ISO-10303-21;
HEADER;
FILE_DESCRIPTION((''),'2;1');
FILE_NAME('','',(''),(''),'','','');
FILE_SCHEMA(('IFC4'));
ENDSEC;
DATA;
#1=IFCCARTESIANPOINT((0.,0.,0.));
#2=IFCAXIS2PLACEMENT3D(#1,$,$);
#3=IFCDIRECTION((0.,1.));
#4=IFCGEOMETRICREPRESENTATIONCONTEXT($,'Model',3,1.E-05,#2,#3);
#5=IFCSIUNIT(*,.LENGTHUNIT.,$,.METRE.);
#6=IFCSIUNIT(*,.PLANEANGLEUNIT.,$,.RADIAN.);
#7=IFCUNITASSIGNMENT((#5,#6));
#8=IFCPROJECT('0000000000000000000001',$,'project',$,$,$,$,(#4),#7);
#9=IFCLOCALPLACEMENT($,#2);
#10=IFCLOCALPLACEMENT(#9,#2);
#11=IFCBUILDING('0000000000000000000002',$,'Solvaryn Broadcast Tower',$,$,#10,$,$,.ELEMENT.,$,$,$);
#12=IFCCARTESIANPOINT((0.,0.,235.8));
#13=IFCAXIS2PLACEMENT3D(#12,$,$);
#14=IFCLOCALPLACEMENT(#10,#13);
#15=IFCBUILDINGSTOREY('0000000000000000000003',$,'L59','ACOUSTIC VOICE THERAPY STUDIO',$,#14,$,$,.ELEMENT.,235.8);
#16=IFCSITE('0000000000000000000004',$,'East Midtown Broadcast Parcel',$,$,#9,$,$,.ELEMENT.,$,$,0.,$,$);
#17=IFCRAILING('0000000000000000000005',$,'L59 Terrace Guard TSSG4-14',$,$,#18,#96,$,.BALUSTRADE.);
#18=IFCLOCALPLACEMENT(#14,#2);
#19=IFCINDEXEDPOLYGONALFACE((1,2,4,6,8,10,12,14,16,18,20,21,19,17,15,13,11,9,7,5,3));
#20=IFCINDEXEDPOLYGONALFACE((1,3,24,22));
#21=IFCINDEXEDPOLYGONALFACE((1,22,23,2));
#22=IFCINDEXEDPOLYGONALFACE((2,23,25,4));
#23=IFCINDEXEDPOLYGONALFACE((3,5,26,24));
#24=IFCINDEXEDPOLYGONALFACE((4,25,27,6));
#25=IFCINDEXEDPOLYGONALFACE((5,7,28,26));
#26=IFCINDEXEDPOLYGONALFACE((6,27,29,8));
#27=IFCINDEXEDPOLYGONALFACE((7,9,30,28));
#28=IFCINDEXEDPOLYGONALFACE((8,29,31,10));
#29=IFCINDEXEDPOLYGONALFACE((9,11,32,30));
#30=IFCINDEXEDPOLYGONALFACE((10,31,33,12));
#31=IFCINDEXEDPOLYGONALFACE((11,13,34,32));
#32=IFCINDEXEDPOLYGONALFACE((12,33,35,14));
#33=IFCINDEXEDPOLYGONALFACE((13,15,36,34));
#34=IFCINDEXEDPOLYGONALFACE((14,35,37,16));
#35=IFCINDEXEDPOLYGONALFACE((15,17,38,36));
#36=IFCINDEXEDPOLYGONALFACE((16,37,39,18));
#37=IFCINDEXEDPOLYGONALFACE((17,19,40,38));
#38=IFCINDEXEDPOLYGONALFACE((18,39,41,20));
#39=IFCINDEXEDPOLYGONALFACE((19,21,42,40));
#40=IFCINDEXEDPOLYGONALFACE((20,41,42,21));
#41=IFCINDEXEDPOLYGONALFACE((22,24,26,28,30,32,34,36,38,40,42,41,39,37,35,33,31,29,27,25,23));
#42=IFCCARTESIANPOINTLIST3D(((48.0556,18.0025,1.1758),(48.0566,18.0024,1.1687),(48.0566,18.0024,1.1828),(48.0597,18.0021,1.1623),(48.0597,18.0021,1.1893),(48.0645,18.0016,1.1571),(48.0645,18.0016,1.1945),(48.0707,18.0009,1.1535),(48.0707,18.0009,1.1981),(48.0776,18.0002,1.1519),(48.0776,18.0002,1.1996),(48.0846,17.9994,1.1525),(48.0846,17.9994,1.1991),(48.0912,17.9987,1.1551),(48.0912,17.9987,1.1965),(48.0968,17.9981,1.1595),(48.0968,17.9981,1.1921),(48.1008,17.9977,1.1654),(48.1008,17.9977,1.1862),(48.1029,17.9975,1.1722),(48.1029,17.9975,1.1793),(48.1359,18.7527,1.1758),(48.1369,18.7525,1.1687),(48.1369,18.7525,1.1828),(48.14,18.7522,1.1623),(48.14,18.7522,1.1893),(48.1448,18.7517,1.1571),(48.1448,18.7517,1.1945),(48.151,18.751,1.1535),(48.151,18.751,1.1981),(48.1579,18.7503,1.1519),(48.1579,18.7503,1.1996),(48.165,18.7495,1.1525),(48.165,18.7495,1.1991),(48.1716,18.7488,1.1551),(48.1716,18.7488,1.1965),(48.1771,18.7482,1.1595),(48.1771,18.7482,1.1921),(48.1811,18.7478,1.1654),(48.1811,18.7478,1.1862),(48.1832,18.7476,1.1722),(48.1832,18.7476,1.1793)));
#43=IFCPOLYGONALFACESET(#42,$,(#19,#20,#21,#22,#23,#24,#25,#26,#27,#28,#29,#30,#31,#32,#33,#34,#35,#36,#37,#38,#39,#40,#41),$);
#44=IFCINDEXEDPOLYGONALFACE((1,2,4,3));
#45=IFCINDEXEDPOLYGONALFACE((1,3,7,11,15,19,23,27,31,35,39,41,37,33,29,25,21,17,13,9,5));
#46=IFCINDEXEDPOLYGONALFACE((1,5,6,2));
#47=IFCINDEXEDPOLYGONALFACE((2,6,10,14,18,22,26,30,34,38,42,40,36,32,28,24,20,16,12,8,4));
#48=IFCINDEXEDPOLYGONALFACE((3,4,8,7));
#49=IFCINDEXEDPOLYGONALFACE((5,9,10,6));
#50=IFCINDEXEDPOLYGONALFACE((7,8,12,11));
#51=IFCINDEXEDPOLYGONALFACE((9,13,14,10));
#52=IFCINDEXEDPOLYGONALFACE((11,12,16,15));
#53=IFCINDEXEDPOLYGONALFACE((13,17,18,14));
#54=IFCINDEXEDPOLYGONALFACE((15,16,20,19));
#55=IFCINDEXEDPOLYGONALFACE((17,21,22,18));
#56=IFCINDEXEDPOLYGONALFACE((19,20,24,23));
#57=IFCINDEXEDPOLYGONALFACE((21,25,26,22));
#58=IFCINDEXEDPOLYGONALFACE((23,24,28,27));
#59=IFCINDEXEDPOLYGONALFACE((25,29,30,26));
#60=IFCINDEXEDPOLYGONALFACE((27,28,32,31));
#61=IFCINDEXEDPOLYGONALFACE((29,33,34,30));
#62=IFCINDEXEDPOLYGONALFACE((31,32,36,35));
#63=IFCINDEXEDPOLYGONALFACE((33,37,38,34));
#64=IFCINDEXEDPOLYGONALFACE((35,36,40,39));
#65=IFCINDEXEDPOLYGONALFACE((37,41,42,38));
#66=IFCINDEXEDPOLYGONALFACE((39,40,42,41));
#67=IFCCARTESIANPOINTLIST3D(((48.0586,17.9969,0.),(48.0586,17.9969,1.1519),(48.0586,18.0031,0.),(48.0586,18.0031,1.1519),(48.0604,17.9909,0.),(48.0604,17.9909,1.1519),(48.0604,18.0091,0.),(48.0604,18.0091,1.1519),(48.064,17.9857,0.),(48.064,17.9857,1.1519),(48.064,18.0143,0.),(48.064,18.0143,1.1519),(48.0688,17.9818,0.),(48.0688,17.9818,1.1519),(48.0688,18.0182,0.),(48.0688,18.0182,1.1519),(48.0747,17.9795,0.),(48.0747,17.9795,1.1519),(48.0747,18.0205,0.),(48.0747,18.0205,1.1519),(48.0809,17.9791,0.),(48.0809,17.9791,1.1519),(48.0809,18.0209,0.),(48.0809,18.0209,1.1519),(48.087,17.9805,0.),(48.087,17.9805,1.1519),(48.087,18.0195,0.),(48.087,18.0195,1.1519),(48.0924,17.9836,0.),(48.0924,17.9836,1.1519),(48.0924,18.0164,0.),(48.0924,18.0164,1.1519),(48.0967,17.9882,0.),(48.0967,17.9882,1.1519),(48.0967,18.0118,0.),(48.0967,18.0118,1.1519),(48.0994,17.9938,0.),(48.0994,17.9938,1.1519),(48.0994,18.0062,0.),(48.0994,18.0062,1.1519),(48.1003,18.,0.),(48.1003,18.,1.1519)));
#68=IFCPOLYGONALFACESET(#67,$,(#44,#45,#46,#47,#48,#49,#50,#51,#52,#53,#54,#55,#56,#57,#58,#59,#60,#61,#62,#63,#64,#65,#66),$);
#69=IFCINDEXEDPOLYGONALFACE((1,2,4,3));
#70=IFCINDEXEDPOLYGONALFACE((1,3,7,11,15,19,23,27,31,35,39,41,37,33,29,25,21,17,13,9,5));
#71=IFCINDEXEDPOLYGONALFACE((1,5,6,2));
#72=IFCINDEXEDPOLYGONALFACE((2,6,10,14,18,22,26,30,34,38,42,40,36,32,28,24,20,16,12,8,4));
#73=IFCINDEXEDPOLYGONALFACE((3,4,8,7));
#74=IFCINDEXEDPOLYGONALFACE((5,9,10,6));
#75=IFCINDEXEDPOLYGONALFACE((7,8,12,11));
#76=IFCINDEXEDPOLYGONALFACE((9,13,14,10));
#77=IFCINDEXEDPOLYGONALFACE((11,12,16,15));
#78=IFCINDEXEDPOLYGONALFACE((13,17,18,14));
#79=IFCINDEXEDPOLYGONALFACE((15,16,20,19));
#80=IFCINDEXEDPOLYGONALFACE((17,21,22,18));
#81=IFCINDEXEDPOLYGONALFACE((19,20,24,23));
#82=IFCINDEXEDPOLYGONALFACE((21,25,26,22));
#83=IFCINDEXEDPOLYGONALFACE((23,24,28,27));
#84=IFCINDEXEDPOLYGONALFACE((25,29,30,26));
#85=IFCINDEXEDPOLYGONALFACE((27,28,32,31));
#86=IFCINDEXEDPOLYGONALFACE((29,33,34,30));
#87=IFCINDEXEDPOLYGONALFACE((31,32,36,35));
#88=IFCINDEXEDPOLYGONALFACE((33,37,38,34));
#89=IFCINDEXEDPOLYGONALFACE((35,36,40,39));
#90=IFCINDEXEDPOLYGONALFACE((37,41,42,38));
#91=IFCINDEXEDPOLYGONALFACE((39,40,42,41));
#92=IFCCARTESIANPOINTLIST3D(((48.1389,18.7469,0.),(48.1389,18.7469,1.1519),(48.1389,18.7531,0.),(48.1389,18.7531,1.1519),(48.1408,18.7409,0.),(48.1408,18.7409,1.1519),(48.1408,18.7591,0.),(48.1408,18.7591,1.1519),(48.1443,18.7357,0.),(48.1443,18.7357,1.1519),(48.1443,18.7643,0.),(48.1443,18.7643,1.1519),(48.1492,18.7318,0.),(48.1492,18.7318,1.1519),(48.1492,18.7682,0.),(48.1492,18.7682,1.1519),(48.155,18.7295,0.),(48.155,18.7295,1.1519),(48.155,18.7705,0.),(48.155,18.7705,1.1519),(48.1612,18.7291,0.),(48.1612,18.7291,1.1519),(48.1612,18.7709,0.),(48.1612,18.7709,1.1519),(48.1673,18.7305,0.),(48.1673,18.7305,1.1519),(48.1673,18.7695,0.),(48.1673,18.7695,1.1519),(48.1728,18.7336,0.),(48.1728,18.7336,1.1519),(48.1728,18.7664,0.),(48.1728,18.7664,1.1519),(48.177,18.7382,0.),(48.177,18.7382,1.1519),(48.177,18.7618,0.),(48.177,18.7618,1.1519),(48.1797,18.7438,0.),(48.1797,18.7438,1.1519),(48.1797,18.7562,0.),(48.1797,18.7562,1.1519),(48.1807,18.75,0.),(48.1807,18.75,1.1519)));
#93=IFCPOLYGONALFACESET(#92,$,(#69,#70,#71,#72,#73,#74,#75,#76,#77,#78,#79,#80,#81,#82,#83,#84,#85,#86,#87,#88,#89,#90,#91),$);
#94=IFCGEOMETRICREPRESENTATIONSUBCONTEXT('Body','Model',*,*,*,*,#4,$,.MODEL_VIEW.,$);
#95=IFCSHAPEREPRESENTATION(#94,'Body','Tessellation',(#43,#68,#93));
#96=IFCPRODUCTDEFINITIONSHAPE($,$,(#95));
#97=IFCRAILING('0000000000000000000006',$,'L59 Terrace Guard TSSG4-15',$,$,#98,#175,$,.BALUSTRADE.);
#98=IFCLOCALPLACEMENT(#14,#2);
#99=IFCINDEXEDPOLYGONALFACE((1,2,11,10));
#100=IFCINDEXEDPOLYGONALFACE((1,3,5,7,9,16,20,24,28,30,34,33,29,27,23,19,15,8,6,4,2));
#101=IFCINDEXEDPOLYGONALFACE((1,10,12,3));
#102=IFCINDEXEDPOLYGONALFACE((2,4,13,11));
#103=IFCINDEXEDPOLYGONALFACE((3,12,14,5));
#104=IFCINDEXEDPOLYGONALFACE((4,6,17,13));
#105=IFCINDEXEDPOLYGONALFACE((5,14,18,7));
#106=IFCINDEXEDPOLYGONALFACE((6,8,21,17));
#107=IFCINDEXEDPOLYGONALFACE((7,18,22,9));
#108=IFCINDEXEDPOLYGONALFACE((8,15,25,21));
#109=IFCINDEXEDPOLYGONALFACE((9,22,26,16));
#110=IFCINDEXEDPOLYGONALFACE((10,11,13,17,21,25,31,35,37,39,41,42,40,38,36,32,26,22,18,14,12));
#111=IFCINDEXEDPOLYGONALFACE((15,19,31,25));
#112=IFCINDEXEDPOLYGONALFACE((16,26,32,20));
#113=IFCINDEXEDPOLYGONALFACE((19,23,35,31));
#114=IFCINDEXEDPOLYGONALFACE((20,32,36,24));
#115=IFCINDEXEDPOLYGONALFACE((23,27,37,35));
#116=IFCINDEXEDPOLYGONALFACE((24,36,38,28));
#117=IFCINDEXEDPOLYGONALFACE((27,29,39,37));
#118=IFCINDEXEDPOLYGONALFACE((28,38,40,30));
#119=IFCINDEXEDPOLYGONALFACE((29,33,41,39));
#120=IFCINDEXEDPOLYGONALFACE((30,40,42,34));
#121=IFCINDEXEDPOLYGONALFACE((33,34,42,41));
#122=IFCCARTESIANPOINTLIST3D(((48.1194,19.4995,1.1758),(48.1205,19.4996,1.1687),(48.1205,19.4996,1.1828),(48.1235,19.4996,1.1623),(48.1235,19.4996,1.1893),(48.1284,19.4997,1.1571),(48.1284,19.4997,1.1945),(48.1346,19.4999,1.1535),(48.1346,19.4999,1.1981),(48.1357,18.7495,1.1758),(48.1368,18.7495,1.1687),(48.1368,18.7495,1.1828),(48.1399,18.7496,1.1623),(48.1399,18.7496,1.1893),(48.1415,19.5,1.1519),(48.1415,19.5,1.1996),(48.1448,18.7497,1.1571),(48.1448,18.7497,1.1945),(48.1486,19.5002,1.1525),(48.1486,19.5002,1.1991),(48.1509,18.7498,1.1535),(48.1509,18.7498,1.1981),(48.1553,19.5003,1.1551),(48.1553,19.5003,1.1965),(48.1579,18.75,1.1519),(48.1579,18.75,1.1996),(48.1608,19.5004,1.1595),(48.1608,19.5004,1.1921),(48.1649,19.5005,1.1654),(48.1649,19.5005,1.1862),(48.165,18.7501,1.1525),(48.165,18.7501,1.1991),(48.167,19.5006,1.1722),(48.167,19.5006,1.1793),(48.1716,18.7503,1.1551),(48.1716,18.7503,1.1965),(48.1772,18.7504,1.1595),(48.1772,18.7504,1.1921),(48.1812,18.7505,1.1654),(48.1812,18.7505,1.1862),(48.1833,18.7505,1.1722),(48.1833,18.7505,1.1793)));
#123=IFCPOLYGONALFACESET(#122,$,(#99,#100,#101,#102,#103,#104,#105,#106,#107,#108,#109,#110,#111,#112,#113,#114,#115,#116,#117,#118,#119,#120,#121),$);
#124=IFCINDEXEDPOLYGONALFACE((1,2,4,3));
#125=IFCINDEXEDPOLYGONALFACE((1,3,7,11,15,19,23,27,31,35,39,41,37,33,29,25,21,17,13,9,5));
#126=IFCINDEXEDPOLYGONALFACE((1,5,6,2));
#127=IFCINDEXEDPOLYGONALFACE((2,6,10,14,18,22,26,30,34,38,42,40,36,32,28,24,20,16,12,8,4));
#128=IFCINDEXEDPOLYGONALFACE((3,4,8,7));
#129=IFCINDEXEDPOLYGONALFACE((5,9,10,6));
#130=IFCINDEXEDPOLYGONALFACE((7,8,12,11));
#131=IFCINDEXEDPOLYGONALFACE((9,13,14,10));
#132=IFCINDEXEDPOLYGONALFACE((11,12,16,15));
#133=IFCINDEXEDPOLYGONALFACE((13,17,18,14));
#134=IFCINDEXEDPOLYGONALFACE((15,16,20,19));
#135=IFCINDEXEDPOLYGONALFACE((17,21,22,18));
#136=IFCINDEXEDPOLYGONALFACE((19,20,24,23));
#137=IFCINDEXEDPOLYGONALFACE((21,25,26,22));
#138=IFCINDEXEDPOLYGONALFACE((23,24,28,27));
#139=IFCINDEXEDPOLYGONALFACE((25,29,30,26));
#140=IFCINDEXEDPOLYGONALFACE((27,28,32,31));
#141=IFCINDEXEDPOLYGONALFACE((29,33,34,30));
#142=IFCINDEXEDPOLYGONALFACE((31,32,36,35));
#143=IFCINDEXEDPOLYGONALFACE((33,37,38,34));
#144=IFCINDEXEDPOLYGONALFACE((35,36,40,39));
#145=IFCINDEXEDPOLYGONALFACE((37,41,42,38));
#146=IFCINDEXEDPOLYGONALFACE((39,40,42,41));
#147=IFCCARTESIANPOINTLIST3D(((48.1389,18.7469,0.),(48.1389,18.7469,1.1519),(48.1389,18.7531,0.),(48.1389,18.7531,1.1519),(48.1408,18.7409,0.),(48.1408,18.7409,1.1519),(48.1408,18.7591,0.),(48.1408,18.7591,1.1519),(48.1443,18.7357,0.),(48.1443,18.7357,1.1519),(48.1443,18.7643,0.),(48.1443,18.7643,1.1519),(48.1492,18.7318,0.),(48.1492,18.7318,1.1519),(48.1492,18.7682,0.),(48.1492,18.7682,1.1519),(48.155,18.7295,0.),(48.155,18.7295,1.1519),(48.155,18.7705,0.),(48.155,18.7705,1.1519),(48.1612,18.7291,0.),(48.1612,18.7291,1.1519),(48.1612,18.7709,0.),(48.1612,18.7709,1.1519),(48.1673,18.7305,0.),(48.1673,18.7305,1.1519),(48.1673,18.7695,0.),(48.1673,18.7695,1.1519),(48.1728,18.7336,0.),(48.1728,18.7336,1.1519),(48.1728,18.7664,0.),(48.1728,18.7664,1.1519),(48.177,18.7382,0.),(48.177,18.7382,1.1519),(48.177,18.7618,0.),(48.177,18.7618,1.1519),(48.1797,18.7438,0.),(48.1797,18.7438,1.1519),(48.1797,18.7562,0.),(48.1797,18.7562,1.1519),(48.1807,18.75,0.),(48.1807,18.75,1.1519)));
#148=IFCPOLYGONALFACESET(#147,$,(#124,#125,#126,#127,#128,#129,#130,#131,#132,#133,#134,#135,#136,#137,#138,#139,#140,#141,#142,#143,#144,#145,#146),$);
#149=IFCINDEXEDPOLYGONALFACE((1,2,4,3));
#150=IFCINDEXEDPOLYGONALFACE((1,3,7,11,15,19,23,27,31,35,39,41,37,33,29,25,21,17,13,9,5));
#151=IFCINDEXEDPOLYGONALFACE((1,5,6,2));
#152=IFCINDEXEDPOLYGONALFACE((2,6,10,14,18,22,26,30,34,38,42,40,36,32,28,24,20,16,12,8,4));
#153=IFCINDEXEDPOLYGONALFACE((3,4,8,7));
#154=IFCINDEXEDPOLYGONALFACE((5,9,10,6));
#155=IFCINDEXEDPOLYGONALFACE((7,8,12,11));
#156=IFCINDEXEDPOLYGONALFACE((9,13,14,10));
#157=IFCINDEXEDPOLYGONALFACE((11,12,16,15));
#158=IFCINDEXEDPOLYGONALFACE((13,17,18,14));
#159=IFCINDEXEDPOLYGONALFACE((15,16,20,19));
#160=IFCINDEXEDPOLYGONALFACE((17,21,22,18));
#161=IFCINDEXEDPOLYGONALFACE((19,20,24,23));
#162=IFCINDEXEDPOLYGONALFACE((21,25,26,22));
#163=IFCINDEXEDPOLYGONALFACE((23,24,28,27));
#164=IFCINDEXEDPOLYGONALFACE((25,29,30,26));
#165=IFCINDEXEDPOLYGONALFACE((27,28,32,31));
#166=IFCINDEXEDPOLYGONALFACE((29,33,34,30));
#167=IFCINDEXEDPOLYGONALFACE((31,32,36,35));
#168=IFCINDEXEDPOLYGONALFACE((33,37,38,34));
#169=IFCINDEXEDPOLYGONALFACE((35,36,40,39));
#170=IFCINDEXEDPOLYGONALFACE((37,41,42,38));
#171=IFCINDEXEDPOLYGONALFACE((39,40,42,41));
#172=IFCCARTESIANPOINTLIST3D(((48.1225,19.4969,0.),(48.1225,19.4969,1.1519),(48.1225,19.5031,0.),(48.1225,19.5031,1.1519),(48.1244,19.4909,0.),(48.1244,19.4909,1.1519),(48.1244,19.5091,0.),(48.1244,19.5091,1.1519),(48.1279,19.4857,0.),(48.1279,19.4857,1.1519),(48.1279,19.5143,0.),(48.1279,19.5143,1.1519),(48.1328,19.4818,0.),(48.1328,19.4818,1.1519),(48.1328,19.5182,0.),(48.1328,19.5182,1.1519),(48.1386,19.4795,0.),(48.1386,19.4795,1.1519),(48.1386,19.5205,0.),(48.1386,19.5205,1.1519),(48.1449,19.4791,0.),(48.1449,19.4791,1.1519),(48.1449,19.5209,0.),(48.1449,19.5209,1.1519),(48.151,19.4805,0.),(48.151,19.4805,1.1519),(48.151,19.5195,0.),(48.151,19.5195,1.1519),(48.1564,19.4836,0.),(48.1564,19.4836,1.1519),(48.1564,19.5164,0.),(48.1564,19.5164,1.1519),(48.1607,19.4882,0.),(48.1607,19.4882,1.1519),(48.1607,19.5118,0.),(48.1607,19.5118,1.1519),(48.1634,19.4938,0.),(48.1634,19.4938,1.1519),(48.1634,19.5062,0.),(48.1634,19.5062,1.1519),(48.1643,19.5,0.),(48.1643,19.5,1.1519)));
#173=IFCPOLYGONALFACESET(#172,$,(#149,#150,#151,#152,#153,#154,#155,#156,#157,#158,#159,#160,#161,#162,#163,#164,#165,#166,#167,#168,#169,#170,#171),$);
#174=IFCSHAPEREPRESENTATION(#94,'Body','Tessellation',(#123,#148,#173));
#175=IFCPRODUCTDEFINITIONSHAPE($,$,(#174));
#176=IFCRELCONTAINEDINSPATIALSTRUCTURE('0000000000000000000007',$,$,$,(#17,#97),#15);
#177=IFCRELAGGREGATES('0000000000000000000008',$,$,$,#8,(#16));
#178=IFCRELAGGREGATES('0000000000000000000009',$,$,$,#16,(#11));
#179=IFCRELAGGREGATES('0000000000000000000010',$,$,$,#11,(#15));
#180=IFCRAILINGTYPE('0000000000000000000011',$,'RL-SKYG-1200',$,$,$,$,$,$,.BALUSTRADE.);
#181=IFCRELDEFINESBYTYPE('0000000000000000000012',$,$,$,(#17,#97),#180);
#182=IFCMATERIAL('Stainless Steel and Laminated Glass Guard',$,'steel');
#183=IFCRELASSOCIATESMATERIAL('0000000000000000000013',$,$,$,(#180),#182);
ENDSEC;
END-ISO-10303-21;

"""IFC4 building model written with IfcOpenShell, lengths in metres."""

from ifc_helpers import new_model, si_unit, direction, frame, origin, origin_2d, place, context, subcontext, project, spatial, circle, extrude, material, type_object, element, save


model = new_model("IFC4")

# Units and contexts
model_context = context("Model", 3, precision=1e-05, world=origin(), true_north=direction((0.0, 1.0)))
body_context = subcontext(model_context, "Body", "Model", "MODEL_VIEW")
ifc_project = project(units=[si_unit("LENGTHUNIT", "METRE"), si_unit("PLANEANGLEUNIT", "RADIAN")], contexts=[model_context])

# Site, building, storey
site_placement = place(None, origin())
site = spatial("IfcSite", under=ifc_project, at=site_placement, Name="East Midtown Broadcast Parcel", CompositionType="ELEMENT", RefElevation=0.0)
building_placement = place(site_placement, origin())
building = spatial("IfcBuilding", under=site, at=building_placement, Name="Solvaryn Broadcast Tower", CompositionType="ELEMENT")
storey_placement = place(building_placement, frame((0.0, 0.0, 235.8)))
storey = spatial("IfcBuildingStorey", under=building, at=storey_placement, Name="L59", Description="ACOUSTIC VOICE THERAPY STUDIO", CompositionType="ELEMENT", Elevation=235.8)

# Railings
ifc_material_1 = material(Name="Stainless Steel and Laminated Glass Guard", Category="steel")
railing_type = type_object("IfcRailingType", Name="RL-SKYG-1200", PredefinedType="BALUSTRADE", material=ifc_material_1)
railing_1_placement = place(storey_placement, frame((48.0793, 18.0, 0.0)))
element("IfcRailing", 1, at=railing_1_placement, inside=storey, type_object=railing_type, Name="L59 Terrace Guard TSSG4-14", PredefinedType="BALUSTRADE", context=body_context, shape_type="SweptSolid", body=[
    extrude(circle(Radius=0.0239, at=origin_2d()), frame((0.0, 0.0, 1.1758), z_axis=(0.106487, 0.994314, 0.0), x_axis=(-0.994314, 0.106487, 0.0)), (0.0, 0.0, 1.0), 0.7544),
    extrude(circle(Radius=0.021, at=origin_2d()), origin(), (0.0, 0.0, 1.0), 1.1519),
    extrude(circle(Radius=0.021, at=origin_2d()), frame((0.0803, 0.75, 0.0)), (0.0, 0.0, 1.0), 1.1519),
])
railing_2_placement = place(storey_placement, frame((48.1597, 18.75, 0.0)))
element("IfcRailing", 2, at=railing_2_placement, inside=storey, type_object=railing_type, Name="L59 Terrace Guard TSSG4-15", PredefinedType="BALUSTRADE", context=body_context, shape_type="SweptSolid", body=[
    extrude(circle(Radius=0.0239, at=origin_2d()), frame((0.0, 0.0, 1.1758), z_axis=(-0.021805, 0.999762, 0.0), x_axis=(-0.999762, -0.021805, 0.0)), (0.0, 0.0, 1.0), 0.7502),
    extrude(circle(Radius=0.021, at=origin_2d()), origin(), (0.0, 0.0, 1.0), 1.1519),
    extrude(circle(Radius=0.021, at=origin_2d()), frame((-0.0164, 0.75, 0.0)), (0.0, 0.0, 1.0), 1.1519),
])

save(model, "model.ifc")
